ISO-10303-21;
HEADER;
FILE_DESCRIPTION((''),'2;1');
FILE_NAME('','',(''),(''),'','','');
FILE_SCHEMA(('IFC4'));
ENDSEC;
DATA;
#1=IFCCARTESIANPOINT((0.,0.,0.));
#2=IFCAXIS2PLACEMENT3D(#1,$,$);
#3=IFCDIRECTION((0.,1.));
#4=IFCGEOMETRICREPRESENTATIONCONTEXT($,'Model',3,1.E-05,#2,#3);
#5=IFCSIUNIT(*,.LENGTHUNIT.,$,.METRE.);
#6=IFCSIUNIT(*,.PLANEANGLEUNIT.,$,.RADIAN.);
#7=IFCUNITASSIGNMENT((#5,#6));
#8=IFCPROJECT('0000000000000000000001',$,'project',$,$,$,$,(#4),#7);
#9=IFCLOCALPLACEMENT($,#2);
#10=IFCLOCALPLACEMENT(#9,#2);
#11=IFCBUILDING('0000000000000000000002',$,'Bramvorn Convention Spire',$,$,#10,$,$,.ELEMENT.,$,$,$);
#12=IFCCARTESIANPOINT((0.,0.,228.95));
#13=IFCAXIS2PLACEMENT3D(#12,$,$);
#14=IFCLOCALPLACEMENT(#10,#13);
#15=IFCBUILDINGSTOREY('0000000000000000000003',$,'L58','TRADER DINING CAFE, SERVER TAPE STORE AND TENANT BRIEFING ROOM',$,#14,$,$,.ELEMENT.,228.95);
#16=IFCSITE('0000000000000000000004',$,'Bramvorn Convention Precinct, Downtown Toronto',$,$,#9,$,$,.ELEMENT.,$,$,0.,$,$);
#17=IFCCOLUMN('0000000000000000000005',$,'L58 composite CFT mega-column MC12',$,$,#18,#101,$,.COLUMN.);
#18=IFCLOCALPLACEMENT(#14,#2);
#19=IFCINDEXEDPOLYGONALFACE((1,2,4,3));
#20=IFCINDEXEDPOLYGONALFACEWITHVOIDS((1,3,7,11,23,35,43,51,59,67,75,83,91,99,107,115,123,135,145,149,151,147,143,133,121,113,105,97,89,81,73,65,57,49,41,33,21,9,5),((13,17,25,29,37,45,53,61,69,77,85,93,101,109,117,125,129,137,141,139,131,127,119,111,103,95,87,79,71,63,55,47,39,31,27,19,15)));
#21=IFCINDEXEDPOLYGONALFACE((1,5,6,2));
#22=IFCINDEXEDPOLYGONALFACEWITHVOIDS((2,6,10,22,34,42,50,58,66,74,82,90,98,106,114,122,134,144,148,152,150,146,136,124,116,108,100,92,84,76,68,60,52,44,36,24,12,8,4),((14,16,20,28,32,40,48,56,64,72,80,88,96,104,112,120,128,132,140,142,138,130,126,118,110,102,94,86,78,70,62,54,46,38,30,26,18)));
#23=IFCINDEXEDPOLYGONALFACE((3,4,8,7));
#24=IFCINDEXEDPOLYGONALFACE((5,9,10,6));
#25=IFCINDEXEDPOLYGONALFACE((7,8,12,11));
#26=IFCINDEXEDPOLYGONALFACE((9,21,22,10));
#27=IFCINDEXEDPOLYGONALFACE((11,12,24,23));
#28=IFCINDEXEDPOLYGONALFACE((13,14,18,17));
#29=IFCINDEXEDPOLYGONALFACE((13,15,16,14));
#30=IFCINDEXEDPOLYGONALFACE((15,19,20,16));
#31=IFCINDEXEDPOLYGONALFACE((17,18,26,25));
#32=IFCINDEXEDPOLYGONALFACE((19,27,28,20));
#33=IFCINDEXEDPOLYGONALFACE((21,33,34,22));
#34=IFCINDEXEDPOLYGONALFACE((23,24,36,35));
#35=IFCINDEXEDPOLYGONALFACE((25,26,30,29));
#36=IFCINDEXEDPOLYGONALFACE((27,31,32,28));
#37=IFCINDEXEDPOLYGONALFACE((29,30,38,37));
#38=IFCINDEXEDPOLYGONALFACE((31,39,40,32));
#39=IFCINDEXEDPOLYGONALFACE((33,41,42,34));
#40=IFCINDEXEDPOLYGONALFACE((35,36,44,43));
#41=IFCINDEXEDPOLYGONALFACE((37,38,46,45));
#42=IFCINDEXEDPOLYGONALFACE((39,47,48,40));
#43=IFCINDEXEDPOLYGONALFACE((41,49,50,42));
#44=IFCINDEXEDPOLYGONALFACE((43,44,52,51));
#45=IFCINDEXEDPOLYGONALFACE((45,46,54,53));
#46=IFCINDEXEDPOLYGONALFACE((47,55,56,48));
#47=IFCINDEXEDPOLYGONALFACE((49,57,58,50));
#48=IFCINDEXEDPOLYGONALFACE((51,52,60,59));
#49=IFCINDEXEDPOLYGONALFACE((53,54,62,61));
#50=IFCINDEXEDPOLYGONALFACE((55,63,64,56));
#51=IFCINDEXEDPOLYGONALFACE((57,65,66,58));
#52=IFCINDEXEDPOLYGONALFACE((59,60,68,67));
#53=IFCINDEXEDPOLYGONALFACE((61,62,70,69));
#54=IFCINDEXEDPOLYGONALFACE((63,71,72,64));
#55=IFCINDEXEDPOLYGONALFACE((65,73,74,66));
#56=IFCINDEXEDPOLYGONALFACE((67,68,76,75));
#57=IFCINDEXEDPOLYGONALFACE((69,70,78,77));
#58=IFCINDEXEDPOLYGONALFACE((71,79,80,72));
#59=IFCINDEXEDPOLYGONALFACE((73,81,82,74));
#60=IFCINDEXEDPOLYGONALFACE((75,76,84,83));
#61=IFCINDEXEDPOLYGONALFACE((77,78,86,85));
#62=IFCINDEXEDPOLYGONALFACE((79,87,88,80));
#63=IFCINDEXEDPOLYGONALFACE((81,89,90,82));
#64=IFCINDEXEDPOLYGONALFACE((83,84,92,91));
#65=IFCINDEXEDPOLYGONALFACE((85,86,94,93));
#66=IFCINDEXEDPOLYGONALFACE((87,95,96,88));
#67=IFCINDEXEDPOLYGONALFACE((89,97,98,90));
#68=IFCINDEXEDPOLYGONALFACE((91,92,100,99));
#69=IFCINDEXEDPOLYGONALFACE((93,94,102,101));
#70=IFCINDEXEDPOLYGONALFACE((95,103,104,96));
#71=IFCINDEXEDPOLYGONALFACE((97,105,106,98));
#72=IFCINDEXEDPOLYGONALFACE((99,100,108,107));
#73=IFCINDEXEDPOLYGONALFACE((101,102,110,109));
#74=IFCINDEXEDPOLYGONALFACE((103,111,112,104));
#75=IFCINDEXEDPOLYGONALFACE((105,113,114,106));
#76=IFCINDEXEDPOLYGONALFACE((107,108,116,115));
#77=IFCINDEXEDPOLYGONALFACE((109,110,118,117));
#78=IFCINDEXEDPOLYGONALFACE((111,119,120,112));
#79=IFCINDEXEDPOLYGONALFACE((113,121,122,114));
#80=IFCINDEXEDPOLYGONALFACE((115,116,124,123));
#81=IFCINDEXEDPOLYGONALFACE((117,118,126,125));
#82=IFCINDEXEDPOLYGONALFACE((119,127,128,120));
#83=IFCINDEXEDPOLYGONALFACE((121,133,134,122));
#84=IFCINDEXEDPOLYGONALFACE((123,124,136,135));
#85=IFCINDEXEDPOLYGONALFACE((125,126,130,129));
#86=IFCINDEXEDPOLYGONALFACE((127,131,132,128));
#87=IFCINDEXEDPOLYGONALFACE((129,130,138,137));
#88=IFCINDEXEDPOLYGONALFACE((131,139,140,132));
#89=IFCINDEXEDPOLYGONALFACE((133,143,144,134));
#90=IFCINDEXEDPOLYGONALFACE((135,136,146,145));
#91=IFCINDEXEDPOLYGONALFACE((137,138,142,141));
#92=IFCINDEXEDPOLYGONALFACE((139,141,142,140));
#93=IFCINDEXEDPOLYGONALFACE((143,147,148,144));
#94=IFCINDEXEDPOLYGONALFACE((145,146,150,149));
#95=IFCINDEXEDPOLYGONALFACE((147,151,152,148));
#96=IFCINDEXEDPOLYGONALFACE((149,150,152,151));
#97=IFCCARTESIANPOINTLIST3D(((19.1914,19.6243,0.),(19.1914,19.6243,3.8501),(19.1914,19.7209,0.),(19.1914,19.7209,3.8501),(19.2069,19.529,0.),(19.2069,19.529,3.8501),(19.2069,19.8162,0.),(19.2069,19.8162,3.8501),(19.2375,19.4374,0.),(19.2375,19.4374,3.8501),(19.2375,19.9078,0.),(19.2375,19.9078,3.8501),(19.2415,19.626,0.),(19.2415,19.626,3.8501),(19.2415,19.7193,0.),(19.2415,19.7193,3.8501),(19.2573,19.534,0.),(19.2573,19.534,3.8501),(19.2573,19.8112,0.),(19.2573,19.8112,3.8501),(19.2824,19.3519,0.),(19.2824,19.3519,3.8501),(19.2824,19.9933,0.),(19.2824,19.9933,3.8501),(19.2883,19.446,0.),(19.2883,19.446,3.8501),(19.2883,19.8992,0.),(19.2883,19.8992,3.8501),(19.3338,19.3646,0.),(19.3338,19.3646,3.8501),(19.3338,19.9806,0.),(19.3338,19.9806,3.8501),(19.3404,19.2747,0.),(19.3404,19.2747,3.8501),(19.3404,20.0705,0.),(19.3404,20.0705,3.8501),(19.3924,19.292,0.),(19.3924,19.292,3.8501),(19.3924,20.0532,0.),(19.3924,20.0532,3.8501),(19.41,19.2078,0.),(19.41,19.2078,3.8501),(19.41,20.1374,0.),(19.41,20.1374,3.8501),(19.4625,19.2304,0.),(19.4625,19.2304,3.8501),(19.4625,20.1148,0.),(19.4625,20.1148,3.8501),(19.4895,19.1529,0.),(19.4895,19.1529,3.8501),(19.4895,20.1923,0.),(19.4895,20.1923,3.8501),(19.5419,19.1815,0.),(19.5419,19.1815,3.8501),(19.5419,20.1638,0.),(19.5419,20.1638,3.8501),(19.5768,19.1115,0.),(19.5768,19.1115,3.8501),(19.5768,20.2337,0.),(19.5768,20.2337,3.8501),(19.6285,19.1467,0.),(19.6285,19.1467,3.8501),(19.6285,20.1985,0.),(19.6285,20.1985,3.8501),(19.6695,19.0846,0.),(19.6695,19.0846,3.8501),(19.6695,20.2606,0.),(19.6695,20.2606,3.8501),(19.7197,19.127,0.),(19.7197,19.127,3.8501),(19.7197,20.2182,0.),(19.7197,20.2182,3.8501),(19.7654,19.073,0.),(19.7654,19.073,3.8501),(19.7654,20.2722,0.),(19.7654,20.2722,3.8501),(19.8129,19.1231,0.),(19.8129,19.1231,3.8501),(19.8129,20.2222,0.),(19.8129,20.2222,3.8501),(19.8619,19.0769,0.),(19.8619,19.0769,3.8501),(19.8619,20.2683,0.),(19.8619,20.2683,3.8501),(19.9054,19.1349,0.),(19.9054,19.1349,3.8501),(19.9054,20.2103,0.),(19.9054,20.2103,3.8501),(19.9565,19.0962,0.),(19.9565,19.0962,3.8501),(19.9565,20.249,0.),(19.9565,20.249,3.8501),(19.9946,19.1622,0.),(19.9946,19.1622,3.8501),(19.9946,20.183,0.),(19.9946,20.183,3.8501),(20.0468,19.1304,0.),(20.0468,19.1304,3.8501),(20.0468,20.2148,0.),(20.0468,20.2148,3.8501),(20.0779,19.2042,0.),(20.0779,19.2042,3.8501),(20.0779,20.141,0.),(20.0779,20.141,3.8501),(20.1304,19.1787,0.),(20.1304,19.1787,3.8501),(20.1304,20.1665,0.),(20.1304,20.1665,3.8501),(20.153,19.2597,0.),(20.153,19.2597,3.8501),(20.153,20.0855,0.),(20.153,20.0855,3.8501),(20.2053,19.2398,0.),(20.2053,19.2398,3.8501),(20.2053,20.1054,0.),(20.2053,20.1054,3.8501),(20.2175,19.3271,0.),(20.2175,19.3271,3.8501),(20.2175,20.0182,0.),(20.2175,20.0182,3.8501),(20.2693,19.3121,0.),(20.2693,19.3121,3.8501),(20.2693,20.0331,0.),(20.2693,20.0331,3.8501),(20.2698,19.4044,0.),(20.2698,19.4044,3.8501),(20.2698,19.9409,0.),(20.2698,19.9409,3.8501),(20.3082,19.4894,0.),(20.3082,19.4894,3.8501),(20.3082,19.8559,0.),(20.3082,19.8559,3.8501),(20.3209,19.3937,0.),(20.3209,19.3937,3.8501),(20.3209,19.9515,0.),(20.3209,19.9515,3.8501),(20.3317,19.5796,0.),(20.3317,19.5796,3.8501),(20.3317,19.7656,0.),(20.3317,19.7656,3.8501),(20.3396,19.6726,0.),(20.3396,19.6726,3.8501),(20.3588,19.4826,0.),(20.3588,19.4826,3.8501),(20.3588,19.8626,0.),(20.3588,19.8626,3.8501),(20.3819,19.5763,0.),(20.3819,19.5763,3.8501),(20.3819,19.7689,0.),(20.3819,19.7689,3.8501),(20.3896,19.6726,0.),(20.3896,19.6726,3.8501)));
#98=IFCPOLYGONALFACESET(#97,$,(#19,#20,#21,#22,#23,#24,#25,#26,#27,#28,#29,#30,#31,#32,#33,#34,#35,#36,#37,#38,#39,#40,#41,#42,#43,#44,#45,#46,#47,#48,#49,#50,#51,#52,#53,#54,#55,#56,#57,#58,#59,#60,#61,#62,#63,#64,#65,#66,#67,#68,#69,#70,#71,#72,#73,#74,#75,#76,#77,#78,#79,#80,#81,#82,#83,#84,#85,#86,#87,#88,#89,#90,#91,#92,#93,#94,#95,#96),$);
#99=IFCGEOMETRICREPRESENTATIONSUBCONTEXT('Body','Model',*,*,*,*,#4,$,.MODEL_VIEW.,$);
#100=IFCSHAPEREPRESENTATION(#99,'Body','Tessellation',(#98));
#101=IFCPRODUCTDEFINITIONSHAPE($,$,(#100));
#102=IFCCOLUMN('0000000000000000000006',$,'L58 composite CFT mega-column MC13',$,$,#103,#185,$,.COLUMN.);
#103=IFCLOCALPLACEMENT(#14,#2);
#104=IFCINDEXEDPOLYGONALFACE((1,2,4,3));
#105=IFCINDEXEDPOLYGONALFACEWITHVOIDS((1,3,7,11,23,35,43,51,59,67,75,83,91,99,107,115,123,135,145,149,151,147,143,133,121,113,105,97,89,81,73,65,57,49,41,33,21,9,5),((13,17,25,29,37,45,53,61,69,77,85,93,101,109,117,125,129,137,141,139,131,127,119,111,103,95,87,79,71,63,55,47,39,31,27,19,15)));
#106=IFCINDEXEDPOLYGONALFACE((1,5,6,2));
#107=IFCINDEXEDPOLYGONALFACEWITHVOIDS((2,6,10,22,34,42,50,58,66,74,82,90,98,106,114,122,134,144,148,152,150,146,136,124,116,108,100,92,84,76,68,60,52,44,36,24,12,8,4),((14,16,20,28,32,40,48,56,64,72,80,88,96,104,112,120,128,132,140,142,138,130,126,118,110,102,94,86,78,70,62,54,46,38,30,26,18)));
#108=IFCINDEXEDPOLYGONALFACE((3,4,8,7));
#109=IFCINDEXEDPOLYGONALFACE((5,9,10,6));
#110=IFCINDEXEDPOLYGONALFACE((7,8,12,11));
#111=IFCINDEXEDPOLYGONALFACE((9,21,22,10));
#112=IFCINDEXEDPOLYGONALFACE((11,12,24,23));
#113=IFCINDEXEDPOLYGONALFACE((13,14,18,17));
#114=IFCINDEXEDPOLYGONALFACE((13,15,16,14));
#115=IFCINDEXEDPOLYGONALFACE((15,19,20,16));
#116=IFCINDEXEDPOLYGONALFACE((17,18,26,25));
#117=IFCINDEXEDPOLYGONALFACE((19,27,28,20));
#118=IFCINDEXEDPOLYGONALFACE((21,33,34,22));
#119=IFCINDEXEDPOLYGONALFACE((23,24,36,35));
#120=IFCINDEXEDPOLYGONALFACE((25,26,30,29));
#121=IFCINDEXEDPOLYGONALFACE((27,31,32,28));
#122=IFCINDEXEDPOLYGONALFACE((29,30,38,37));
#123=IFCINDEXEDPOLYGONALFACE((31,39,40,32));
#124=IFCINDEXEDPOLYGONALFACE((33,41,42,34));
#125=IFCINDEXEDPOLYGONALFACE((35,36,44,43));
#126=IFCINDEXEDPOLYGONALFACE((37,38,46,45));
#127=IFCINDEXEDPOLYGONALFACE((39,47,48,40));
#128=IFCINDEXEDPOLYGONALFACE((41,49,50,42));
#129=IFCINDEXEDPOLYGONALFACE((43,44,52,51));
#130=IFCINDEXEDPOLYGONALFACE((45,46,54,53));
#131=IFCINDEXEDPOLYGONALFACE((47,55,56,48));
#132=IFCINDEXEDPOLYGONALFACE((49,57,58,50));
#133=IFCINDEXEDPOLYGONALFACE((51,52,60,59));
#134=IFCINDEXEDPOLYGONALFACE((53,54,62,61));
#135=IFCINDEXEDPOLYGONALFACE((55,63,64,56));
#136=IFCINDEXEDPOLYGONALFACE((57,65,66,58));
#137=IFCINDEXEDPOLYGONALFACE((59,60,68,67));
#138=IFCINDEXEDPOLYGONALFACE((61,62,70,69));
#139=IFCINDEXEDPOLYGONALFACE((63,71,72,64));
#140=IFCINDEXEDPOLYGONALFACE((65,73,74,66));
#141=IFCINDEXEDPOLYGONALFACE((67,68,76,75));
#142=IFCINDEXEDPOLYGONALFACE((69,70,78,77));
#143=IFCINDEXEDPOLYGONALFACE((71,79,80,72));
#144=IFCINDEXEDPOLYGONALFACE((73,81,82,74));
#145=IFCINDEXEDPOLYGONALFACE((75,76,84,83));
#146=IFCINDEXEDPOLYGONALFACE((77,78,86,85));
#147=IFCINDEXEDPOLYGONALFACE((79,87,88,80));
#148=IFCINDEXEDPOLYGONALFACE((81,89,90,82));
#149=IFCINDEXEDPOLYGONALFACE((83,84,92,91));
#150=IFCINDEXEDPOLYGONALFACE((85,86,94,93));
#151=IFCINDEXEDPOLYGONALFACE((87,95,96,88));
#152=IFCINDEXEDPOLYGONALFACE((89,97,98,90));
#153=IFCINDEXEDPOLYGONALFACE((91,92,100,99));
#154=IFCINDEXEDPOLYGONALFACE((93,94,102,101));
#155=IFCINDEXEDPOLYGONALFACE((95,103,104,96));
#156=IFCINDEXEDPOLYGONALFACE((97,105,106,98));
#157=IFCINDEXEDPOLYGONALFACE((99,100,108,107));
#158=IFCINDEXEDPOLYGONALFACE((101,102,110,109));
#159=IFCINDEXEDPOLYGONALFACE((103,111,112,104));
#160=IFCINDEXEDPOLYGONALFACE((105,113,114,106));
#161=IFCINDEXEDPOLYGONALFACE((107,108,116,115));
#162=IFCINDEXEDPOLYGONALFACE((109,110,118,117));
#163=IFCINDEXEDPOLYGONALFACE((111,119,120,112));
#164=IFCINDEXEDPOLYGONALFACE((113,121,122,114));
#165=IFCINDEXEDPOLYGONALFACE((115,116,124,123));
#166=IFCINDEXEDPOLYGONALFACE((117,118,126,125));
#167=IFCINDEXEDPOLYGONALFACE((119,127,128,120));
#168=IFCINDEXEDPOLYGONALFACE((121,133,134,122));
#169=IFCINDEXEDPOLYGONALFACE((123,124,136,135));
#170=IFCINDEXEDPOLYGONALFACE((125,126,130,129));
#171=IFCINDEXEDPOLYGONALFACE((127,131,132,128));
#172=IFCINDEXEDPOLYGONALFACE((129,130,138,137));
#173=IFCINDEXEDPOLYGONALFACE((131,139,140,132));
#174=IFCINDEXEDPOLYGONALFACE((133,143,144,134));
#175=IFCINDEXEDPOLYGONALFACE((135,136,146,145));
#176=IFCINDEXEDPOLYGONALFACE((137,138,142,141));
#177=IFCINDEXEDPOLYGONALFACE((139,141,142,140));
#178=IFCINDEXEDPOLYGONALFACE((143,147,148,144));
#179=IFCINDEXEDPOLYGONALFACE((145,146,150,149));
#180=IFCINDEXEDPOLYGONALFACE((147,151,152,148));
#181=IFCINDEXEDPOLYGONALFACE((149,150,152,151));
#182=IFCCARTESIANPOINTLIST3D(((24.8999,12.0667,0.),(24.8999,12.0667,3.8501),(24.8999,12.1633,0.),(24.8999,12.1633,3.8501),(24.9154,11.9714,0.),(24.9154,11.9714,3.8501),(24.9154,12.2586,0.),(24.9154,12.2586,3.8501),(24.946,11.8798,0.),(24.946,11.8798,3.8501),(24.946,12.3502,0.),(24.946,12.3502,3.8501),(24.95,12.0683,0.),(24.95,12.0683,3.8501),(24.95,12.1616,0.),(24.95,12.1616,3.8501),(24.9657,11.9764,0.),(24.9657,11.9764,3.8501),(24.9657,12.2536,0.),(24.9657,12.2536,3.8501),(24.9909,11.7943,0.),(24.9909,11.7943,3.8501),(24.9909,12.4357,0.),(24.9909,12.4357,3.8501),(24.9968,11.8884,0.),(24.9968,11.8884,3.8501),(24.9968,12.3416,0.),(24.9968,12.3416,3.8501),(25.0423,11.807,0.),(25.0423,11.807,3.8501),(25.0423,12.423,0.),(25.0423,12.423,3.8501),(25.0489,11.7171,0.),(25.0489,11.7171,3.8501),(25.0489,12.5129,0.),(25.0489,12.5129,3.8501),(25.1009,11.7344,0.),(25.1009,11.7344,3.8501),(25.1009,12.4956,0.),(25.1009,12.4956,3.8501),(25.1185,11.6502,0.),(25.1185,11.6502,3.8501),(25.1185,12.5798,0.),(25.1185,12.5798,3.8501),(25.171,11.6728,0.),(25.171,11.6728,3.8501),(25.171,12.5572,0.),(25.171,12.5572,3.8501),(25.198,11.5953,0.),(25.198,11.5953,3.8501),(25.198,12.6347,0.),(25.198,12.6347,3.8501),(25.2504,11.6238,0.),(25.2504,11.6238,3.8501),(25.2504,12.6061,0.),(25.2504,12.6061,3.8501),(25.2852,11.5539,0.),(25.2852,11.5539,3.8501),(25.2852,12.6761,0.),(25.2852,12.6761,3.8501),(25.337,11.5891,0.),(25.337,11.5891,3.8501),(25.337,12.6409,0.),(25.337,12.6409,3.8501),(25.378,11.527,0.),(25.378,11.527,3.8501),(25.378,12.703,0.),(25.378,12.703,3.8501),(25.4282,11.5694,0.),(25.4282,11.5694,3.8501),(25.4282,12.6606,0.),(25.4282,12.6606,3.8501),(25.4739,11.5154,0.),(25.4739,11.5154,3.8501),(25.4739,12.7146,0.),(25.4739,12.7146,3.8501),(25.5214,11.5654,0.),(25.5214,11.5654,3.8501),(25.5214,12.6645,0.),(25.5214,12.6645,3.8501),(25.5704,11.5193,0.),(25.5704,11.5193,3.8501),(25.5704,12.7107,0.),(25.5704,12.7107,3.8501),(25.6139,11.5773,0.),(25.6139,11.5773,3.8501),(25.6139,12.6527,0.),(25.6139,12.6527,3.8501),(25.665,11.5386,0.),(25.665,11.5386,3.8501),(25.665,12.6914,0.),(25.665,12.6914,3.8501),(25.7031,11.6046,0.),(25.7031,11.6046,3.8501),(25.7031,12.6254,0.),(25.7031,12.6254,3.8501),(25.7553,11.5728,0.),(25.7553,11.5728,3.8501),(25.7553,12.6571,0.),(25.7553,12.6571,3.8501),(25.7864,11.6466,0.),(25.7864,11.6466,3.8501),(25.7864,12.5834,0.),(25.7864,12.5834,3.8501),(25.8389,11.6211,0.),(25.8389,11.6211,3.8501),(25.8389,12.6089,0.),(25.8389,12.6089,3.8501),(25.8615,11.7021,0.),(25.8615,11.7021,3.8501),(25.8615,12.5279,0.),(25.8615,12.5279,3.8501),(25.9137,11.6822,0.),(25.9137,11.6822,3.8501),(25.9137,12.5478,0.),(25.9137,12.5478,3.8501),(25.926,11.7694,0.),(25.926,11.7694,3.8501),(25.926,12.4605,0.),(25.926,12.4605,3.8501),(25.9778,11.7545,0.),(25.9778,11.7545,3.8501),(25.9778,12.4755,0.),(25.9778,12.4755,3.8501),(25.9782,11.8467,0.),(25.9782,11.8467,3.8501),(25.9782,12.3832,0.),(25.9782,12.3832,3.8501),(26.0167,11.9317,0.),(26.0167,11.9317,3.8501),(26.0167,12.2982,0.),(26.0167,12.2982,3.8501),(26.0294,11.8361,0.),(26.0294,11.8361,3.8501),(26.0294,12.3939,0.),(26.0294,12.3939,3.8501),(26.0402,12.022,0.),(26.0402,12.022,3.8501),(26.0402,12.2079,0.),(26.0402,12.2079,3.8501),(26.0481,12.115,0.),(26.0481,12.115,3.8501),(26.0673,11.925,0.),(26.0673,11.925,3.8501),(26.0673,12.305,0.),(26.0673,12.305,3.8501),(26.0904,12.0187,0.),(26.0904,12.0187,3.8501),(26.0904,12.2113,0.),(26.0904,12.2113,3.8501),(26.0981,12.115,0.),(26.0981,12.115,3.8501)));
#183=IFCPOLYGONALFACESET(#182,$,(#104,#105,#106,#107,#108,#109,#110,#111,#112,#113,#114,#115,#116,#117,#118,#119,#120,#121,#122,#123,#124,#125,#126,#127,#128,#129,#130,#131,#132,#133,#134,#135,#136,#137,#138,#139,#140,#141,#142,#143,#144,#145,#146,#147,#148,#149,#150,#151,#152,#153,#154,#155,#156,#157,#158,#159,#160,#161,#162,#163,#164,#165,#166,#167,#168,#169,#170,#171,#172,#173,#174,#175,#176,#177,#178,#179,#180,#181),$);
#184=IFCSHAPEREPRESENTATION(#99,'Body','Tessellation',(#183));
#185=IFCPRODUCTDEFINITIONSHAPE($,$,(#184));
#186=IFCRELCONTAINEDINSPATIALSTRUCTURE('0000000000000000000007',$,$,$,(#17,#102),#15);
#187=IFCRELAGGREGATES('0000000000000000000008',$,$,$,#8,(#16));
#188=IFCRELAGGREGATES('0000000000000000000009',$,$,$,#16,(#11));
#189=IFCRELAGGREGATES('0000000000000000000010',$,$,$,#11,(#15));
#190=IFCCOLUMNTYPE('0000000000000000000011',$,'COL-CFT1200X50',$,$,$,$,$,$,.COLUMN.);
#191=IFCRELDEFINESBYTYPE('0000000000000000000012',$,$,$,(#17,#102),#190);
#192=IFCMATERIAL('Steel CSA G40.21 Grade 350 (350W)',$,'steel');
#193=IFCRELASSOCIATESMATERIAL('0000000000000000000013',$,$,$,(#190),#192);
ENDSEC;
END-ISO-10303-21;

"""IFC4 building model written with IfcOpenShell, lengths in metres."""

from ifc_helpers import new_model, si_unit, direction, frame, origin, origin_2d, place, context, subcontext, project, spatial, hollow_circle, extrude, material, material_profile, profile_set, type_object, element, save


model = new_model("IFC4")

# Units and contexts
model_context = context("Model", 3, precision=1e-05, world=origin(), true_north=direction((0.0, 1.0)))
body_context = subcontext(model_context, "Body", "Model", "MODEL_VIEW")
ifc_project = project(units=[si_unit("LENGTHUNIT", "METRE"), si_unit("PLANEANGLEUNIT", "RADIAN")], contexts=[model_context])

# Site, building, storey
site_placement = place(None, origin())
site = spatial("IfcSite", under=ifc_project, at=site_placement, Name="Bramvorn Convention Precinct, Downtown Toronto", CompositionType="ELEMENT", RefElevation=0.0)
building_placement = place(site_placement, origin())
building = spatial("IfcBuilding", under=site, at=building_placement, Name="Bramvorn Convention Spire", CompositionType="ELEMENT")
storey_placement = place(building_placement, frame((0.0, 0.0, 228.95)))
storey = spatial("IfcBuildingStorey", under=building, at=storey_placement, Name="L58", Description="TRADER DINING CAFE, SERVER TAPE STORE AND TENANT BRIEFING ROOM", CompositionType="ELEMENT", Elevation=228.95)

# Columns
ifc_material_1 = material(Name="Steel CSA G40.21 Grade 350 (350W)", Category="steel")
ifc_material_profile_1 = material_profile(ifc_material_1, hollow_circle(Radius=0.6001, WallThickness=0.05, at=origin_2d()))
ifc_profile_set_1 = profile_set([ifc_material_profile_1], Name="Steel CSA G40.21 Grade 350 (350W) - CFT1200X50")
column_type = type_object("IfcColumnType", Name="COL-CFT1200X50", PredefinedType="COLUMN", material=ifc_profile_set_1)
for number, where, z_axis, x_axis, name in (
    (1, (19.7896, 19.6726, 0.0), (0.0, 0.0, 1.0), (1.0, 0.0, 0.0), "L58 composite CFT mega-column MC12"),
    (2, (25.498, 12.115, 0.0), (0.0, 0.0, 1.0), (1.0, 0.0, 0.0), "L58 composite CFT mega-column MC13"),
):
    element("IfcColumn", number, at=place(storey_placement, frame(where, z_axis=z_axis, x_axis=x_axis)), inside=storey, type_object=column_type, Name=name, PredefinedType="COLUMN", context=body_context, shape_type="SweptSolid", body=[
        extrude(hollow_circle(Radius=0.6001, WallThickness=0.05, at=origin_2d()), origin(), (0.0, 0.0, 1.0), 3.8501),
    ])

save(model, "model.ifc")
